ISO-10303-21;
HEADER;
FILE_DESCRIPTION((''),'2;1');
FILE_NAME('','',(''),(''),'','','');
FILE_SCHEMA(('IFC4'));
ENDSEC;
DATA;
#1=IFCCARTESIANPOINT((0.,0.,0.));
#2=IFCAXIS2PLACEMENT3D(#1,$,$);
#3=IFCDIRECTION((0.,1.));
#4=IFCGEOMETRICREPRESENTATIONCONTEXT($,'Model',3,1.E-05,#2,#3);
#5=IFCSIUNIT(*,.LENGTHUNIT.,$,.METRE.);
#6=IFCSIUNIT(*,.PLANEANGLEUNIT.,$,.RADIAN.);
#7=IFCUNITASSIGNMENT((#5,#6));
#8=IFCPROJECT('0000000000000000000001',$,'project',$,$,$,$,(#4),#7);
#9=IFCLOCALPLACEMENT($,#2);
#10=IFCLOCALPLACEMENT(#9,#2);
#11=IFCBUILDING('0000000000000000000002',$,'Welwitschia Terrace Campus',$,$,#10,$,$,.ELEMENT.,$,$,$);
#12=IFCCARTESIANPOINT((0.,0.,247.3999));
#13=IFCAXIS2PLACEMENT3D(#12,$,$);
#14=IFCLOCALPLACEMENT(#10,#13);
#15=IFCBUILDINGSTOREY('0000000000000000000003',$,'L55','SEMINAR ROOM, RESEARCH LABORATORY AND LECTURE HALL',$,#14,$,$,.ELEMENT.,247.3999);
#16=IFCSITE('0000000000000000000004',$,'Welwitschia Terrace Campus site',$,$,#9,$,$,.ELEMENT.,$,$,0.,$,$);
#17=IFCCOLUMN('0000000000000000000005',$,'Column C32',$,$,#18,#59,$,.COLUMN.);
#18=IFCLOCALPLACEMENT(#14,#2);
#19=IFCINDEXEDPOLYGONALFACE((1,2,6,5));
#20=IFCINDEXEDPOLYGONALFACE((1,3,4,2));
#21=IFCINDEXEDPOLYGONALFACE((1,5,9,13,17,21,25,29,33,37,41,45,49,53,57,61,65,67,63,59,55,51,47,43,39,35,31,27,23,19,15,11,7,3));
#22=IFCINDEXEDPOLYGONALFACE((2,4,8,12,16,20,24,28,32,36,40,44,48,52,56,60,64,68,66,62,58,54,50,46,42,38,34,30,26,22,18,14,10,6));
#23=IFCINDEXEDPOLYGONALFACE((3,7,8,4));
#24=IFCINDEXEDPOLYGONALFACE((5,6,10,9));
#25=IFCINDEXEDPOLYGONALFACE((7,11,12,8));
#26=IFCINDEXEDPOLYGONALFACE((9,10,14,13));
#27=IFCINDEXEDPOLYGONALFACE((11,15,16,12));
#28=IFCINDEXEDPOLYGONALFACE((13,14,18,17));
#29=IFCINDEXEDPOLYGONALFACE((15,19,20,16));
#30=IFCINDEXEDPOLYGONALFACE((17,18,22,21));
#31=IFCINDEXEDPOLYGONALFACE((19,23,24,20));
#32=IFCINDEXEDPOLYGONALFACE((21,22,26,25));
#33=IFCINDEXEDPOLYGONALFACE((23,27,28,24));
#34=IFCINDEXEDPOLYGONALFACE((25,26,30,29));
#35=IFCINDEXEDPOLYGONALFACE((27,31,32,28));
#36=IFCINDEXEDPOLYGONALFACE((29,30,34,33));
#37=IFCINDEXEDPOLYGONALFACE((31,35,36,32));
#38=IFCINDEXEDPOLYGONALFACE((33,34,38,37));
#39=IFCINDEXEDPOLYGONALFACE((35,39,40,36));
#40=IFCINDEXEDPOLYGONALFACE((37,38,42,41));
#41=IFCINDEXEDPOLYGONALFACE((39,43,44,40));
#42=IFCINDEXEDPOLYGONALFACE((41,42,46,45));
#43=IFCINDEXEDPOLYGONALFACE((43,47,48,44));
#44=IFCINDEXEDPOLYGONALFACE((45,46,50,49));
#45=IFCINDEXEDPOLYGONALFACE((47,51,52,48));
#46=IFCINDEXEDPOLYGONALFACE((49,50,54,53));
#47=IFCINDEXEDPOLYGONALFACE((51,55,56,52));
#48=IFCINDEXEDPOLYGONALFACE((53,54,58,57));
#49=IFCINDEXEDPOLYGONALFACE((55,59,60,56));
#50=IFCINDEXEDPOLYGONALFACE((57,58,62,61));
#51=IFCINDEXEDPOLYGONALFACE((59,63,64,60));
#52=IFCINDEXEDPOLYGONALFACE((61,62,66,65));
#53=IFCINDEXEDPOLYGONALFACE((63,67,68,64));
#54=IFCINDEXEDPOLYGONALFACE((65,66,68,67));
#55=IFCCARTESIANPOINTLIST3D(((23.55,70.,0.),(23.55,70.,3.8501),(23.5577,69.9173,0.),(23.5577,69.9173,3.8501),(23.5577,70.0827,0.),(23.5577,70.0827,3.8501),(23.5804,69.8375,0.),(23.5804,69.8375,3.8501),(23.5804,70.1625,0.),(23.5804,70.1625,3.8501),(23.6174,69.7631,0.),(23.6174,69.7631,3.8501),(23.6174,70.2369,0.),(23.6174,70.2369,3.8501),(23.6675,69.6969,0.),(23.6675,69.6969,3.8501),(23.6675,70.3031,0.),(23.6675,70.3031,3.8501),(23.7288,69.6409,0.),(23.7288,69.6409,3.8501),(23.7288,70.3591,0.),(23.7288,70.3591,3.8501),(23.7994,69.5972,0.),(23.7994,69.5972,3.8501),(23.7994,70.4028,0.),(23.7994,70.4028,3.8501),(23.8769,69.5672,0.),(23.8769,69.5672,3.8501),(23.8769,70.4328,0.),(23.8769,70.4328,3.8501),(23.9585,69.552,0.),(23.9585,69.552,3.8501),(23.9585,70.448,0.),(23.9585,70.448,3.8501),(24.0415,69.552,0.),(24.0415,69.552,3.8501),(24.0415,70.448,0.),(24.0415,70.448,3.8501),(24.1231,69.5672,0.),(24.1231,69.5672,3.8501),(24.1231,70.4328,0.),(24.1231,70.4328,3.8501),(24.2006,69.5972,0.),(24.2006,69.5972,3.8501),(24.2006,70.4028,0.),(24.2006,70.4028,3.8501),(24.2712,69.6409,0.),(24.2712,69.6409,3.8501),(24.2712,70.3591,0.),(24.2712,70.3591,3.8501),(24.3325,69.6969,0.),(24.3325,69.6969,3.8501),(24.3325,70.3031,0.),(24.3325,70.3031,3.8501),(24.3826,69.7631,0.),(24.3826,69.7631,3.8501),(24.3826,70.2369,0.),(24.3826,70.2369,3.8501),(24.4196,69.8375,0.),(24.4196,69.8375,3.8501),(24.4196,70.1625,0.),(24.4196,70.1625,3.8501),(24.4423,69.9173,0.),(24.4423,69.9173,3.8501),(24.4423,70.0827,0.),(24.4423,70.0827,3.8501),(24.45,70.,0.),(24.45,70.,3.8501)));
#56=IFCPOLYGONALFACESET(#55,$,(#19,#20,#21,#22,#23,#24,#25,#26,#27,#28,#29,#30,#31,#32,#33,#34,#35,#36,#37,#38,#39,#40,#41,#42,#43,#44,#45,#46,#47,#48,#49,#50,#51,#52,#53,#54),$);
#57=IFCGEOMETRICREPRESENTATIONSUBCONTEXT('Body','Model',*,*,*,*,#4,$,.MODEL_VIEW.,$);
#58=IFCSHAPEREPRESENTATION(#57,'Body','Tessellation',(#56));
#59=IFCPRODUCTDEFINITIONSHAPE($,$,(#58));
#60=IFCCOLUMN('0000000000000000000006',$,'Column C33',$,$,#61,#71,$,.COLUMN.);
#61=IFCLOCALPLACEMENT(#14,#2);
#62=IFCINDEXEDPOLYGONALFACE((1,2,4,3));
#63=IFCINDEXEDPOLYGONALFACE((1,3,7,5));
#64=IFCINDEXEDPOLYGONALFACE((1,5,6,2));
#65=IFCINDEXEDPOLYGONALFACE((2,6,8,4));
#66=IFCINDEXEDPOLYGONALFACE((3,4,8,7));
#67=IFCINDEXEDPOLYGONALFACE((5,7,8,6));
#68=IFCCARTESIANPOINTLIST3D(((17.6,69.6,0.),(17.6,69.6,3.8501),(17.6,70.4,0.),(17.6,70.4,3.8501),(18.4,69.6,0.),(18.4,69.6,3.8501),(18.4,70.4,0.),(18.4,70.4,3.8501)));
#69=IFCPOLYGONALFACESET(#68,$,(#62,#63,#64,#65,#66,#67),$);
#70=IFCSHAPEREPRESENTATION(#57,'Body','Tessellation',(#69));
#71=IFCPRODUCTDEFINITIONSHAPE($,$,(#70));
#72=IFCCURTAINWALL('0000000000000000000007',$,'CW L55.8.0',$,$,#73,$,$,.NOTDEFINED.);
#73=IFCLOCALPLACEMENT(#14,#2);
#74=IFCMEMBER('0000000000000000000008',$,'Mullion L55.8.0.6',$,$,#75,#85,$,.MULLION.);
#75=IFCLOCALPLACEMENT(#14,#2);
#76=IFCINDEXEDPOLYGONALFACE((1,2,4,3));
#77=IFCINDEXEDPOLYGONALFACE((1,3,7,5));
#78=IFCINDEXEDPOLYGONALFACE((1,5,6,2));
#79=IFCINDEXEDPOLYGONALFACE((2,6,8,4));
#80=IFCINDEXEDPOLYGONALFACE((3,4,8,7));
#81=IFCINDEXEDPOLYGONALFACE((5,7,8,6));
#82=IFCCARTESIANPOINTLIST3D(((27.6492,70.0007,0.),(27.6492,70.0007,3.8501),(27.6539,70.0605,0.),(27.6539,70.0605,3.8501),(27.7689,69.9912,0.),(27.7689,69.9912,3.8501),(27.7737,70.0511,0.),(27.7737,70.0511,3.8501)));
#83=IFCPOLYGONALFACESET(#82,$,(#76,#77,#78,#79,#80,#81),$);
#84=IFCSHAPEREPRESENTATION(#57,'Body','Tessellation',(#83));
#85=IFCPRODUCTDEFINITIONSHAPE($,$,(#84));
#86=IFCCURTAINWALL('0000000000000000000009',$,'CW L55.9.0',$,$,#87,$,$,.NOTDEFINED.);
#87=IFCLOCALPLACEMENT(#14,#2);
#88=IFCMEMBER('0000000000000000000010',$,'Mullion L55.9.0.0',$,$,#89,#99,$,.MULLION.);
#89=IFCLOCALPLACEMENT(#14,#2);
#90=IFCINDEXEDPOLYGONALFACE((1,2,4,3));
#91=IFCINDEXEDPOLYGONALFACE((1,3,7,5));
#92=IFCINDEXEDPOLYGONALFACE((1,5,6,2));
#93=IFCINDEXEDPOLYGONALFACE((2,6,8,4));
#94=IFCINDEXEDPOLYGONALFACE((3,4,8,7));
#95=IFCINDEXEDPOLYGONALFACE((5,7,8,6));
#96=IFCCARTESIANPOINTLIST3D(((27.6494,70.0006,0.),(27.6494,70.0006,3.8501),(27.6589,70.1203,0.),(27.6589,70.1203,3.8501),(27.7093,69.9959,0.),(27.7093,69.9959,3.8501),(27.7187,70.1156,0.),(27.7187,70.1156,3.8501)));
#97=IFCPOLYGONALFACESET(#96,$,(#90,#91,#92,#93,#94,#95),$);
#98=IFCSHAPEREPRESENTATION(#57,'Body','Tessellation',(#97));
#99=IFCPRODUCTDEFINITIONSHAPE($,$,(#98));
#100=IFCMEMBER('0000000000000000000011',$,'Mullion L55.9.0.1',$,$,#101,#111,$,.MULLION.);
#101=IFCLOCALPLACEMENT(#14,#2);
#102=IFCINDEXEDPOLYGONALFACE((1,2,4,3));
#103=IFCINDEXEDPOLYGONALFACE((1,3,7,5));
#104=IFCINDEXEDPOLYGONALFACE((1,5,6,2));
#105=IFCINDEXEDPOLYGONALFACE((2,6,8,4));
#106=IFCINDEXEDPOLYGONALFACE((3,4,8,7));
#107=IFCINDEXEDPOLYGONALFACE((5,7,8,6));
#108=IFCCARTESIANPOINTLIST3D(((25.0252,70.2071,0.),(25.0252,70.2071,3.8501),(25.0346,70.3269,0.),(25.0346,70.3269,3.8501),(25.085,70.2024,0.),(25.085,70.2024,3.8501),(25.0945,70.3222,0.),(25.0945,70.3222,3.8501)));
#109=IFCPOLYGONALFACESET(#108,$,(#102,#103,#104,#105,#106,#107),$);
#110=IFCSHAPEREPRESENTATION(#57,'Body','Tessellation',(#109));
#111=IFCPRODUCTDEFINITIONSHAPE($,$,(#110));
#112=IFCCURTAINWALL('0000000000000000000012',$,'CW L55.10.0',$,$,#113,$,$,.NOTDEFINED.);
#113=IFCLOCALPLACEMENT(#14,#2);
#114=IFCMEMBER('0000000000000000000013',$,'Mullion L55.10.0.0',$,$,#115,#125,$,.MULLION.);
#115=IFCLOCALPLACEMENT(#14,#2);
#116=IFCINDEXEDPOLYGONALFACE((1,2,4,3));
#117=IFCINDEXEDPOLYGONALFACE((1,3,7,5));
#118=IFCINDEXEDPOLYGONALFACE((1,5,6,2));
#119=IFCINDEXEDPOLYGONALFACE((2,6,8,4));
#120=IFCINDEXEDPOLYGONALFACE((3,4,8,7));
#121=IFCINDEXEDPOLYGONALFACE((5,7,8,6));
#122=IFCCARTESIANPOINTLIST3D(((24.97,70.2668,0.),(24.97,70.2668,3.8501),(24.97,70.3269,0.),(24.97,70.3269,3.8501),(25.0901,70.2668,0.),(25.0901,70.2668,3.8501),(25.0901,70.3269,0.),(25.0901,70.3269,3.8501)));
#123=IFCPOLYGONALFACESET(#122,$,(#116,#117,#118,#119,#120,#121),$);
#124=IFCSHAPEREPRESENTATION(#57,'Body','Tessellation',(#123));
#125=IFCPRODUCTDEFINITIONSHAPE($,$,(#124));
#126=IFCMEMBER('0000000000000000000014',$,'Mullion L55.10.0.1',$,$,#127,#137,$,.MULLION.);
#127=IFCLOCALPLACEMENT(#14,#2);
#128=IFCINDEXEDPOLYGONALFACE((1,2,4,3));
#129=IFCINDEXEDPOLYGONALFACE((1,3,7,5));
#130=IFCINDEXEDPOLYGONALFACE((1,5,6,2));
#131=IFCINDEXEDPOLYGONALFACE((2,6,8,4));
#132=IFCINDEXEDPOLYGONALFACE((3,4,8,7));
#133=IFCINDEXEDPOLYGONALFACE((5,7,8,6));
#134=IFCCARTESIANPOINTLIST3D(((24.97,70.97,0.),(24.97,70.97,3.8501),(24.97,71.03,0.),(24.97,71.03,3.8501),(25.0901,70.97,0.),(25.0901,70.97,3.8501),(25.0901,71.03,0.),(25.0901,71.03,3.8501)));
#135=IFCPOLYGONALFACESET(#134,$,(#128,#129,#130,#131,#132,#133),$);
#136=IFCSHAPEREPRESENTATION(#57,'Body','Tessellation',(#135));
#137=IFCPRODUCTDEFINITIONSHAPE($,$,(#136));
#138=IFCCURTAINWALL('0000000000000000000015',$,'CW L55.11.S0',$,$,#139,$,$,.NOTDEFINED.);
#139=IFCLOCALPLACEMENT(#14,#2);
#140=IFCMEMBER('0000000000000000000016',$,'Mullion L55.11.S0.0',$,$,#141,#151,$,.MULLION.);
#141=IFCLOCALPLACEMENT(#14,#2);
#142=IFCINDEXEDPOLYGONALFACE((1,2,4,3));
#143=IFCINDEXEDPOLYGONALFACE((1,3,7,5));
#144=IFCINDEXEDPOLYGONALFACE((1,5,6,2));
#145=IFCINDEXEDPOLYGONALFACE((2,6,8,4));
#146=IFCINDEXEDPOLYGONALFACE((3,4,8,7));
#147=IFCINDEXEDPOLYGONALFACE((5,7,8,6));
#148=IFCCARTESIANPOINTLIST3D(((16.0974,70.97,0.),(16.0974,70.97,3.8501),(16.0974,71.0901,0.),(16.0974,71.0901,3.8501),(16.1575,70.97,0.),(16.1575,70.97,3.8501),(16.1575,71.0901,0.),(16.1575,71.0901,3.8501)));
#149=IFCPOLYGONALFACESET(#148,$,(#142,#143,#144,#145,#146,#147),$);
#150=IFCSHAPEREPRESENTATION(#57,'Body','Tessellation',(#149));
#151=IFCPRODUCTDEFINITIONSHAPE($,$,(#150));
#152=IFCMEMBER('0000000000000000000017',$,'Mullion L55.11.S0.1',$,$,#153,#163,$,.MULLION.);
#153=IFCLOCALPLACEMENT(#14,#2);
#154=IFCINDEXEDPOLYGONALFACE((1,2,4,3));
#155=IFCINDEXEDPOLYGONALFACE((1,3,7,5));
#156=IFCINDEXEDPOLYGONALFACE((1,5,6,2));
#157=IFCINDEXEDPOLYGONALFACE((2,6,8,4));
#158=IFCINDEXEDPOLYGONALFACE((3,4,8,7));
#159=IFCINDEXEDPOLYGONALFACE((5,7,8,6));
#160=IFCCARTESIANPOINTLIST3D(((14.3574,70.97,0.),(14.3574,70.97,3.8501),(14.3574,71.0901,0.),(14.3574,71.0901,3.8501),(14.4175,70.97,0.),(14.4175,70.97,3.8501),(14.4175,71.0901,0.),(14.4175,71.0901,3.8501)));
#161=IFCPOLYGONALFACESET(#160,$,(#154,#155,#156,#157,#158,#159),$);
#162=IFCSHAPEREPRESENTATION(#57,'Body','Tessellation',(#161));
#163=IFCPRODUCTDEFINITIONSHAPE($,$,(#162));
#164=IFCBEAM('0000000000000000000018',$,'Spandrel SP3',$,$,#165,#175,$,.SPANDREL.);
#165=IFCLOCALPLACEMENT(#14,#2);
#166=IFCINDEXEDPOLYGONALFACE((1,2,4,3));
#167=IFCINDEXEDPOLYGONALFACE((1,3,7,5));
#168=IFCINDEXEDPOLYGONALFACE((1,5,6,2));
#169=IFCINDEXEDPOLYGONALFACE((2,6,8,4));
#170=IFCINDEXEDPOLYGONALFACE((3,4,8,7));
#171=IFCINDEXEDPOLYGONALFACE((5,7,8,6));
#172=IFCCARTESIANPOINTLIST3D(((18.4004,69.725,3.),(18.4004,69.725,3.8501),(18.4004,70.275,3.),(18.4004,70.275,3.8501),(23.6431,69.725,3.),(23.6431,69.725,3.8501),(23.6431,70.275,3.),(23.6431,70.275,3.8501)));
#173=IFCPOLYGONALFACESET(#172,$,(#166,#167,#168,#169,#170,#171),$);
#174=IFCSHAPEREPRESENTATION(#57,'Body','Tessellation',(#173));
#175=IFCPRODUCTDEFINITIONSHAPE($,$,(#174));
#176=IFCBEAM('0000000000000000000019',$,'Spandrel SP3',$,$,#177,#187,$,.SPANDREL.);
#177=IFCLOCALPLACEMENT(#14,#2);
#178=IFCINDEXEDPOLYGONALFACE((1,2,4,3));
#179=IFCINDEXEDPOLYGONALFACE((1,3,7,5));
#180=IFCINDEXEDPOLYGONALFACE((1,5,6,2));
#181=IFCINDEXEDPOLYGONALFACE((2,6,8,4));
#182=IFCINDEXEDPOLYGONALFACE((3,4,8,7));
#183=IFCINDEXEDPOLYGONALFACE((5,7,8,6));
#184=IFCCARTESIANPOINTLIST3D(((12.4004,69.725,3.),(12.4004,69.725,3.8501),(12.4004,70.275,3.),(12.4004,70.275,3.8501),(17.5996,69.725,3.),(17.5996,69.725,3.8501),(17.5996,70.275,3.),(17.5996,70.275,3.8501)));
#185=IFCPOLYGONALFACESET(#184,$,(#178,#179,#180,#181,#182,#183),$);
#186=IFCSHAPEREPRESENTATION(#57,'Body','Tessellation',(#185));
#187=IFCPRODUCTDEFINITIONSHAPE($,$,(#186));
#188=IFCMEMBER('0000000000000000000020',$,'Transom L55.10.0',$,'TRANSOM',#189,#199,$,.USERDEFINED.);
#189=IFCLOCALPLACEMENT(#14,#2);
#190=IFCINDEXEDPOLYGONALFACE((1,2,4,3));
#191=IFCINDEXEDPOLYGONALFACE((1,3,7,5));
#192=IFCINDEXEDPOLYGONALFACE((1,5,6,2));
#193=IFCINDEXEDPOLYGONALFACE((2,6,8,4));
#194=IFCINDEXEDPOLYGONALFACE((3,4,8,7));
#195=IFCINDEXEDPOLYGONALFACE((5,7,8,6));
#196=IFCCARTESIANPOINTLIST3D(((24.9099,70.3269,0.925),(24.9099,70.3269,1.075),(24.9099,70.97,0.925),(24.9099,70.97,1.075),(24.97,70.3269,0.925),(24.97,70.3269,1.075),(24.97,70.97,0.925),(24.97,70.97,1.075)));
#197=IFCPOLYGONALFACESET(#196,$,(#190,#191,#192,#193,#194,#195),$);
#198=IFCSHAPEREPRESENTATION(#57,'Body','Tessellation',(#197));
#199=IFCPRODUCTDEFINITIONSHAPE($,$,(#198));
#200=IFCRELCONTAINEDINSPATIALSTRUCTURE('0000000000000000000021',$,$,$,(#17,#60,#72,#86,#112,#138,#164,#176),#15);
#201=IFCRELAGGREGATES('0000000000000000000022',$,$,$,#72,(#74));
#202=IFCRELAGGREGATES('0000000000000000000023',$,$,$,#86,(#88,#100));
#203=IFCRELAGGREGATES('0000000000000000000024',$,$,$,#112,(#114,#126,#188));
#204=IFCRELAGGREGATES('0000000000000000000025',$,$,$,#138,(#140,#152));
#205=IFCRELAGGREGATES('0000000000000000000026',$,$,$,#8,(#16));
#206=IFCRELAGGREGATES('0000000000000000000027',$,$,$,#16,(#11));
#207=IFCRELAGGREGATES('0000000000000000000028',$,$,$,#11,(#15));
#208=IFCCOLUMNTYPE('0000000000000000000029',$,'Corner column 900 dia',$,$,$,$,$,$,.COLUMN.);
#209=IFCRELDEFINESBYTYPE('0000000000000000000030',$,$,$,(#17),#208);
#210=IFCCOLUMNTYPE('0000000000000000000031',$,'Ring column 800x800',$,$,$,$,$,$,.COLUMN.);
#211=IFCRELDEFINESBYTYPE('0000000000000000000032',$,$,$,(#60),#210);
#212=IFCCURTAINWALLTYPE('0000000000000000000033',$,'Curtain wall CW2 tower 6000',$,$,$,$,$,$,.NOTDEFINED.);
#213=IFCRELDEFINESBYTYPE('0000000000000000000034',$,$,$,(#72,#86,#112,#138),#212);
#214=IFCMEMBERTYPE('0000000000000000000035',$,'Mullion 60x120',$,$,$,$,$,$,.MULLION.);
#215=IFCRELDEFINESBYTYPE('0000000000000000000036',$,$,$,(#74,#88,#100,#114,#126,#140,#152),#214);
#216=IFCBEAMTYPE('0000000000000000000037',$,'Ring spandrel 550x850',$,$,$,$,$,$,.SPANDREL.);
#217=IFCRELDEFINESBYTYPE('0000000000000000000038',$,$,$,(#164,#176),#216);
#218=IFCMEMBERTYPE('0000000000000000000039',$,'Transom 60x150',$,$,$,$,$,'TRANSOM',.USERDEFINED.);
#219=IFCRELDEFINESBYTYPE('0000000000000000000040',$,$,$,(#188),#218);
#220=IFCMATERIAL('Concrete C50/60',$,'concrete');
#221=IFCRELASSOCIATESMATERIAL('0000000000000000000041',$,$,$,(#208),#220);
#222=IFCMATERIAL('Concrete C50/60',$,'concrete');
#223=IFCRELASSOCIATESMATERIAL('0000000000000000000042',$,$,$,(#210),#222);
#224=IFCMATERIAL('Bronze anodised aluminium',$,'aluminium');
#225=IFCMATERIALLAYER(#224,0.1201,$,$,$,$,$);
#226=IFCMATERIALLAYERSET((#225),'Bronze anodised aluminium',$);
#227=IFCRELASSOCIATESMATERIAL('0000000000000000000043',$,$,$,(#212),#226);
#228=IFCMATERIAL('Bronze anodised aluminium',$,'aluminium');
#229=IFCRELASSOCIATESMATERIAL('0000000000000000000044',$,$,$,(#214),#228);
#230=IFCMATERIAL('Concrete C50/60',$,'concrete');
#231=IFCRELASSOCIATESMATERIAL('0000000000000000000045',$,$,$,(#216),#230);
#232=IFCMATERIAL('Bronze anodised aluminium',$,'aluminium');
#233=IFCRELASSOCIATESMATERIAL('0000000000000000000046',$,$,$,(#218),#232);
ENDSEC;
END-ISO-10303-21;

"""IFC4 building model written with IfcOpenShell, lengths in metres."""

from ifc_helpers import new_model, si_unit, direction, frame, origin, origin_2d, place, context, subcontext, project, spatial, rectangle, circle, extrude, material, layer, layer_set, material_profile, profile_set, type_object, element, aggregate, save


model = new_model("IFC4")

# Units and contexts
model_context = context("Model", 3, precision=1e-05, world=origin(), true_north=direction((0.0, 1.0)))
body_context = subcontext(model_context, "Body", "Model", "MODEL_VIEW")
ifc_project = project(units=[si_unit("LENGTHUNIT", "METRE"), si_unit("PLANEANGLEUNIT", "RADIAN")], contexts=[model_context])

# Site, building, storey
site_placement = place(None, origin())
site = spatial("IfcSite", under=ifc_project, at=site_placement, Name="Welwitschia Terrace Campus site", CompositionType="ELEMENT", RefElevation=0.0)
building_placement = place(site_placement, origin())
building = spatial("IfcBuilding", under=site, at=building_placement, Name="Welwitschia Terrace Campus", CompositionType="ELEMENT")
storey_placement = place(building_placement, frame((0.0, 0.0, 247.3999)))
storey = spatial("IfcBuildingStorey", under=building, at=storey_placement, Name="L55", Description="SEMINAR ROOM, RESEARCH LABORATORY AND LECTURE HALL", CompositionType="ELEMENT", Elevation=247.3999)

# Columns
ifc_material_1 = material(Name="Concrete C50/60", Category="concrete")
ifc_material_profile_1 = material_profile(ifc_material_1, circle(Radius=0.45, at=origin_2d()))
ifc_profile_set_1 = profile_set([ifc_material_profile_1], Name="Concrete C50/60")
column_type_1 = type_object("IfcColumnType", Name="Corner column 900 dia", PredefinedType="COLUMN", material=ifc_profile_set_1)
column_1_placement = place(storey_placement, frame((24.0, 70.0, 0.0), z_axis=(0.0, 0.0, 1.0), x_axis=(1.0, 0.0, 0.0)))
element("IfcColumn", 1, at=column_1_placement, inside=storey, type_object=column_type_1, Name="Column C32", PredefinedType="COLUMN", context=body_context, shape_type="SweptSolid", body=[
    extrude(circle(Radius=0.45, at=origin_2d()), origin(), (0.0, 0.0, 1.0), 3.8501),
])
ifc_material_2 = material(Name="Concrete C50/60", Category="concrete")
ifc_material_profile_2 = material_profile(ifc_material_2, rectangle(XDim=0.8, YDim=0.8, at=origin_2d()))
ifc_profile_set_2 = profile_set([ifc_material_profile_2], Name="Concrete C50/60")
column_type_2 = type_object("IfcColumnType", Name="Ring column 800x800", PredefinedType="COLUMN", material=ifc_profile_set_2)
column_2_placement = place(storey_placement, frame((18.0, 70.0, 0.0), z_axis=(0.0, 0.0, 1.0), x_axis=(1.0, 0.0, 0.0)))
element("IfcColumn", 2, at=column_2_placement, inside=storey, type_object=column_type_2, Name="Column C33", PredefinedType="COLUMN", context=body_context, shape_type="SweptSolid", body=[
    extrude(rectangle(XDim=0.8, YDim=0.8, at=origin_2d()), origin(), (0.0, 0.0, 1.0), 3.8501),
])

# Curtain wall, member
ifc_material_3 = material(Name="Bronze anodised aluminium", Category="aluminium")
ifc_layer_1 = layer(ifc_material_3, 0.1201)
ifc_layer_set_1 = layer_set([ifc_layer_1], Name="Bronze anodised aluminium")
curtain_wall_type = type_object("IfcCurtainWallType", Name="Curtain wall CW2 tower 6000", PredefinedType="NOTDEFINED", material=ifc_layer_set_1)
curtain_wall_1_placement = place(storey_placement, origin())
curtain_wall_1 = element("IfcCurtainWall", 3, at=curtain_wall_1_placement, inside=storey, type_object=curtain_wall_type, Name="CW L55.8.0", PredefinedType="NOTDEFINED")
ifc_material_4 = material(Name="Bronze anodised aluminium", Category="aluminium")
ifc_material_profile_3 = material_profile(ifc_material_4, rectangle(XDim=0.1201, YDim=0.0601, at=origin_2d()))
ifc_profile_set_3 = profile_set([ifc_material_profile_3], Name="Bronze anodised aluminium")
member_type_1 = type_object("IfcMemberType", Name="Mullion 60x120", PredefinedType="MULLION", material=ifc_profile_set_3)
member_1_placement = place(storey_placement, frame((27.7114, 70.0259, 0.0), z_axis=(0.0, 0.0, 1.0), x_axis=(-0.996917, 0.078459, 0.0)))
member_1 = element("IfcMember", 4, at=member_1_placement, type_object=member_type_1, Name="Mullion L55.8.0.6", PredefinedType="MULLION", context=body_context, shape_type="SweptSolid", body=[
    extrude(rectangle(XDim=0.1201, YDim=0.0601, at=origin_2d()), origin(), (0.0, 0.0, 1.0), 3.8501),
])
aggregate(curtain_wall_1, [member_1])

# Curtain walls, members
curtain_wall_2_placement = place(storey_placement, origin())
curtain_wall_2 = element("IfcCurtainWall", 5, at=curtain_wall_2_placement, inside=storey, type_object=curtain_wall_type, Name="CW L55.9.0", PredefinedType="NOTDEFINED")
member_2_placement = place(storey_placement, frame((27.6841, 70.0581, 0.0), z_axis=(0.0, 0.0, 1.0), x_axis=(-0.078459, -0.996917, 0.0)))
member_2 = element("IfcMember", 6, at=member_2_placement, type_object=member_type_1, Name="Mullion L55.9.0.0", PredefinedType="MULLION", context=body_context, shape_type="SweptSolid", body=[
    extrude(rectangle(XDim=0.1201, YDim=0.0601, at=origin_2d()), origin(), (0.0, 0.0, 1.0), 3.8501),
])
member_3_placement = place(storey_placement, frame((25.0598, 70.2646, 0.0), z_axis=(0.0, 0.0, 1.0), x_axis=(-0.078459, -0.996917, 0.0)))
member_3 = element("IfcMember", 7, at=member_3_placement, type_object=member_type_1, Name="Mullion L55.9.0.1", PredefinedType="MULLION", context=body_context, shape_type="SweptSolid", body=[
    extrude(rectangle(XDim=0.1201, YDim=0.0601, at=origin_2d()), origin(), (0.0, 0.0, 1.0), 3.8501),
])
curtain_wall_3_placement = place(storey_placement, origin())
curtain_wall_3 = element("IfcCurtainWall", 8, at=curtain_wall_3_placement, inside=storey, type_object=curtain_wall_type, Name="CW L55.10.0", PredefinedType="NOTDEFINED")
member_4_placement = place(storey_placement, frame((25.03, 70.2969, 0.0), z_axis=(0.0, 0.0, 1.0), x_axis=(-1.0, 0.0, 0.0)))
member_4 = element("IfcMember", 9, at=member_4_placement, type_object=member_type_1, Name="Mullion L55.10.0.0", PredefinedType="MULLION", context=body_context, shape_type="SweptSolid", body=[
    extrude(rectangle(XDim=0.1201, YDim=0.0601, at=origin_2d()), origin(), (0.0, 0.0, 1.0), 3.8501),
])
member_5_placement = place(storey_placement, frame((25.03, 71.0, 0.0), z_axis=(0.0, 0.0, 1.0), x_axis=(-1.0, 0.0, 0.0)))
member_5 = element("IfcMember", 10, at=member_5_placement, type_object=member_type_1, Name="Mullion L55.10.0.1", PredefinedType="MULLION", context=body_context, shape_type="SweptSolid", body=[
    extrude(rectangle(XDim=0.1201, YDim=0.0601, at=origin_2d()), origin(), (0.0, 0.0, 1.0), 3.8501),
])
curtain_wall_4_placement = place(storey_placement, origin())
curtain_wall_4 = element("IfcCurtainWall", 11, at=curtain_wall_4_placement, inside=storey, type_object=curtain_wall_type, Name="CW L55.11.S0", PredefinedType="NOTDEFINED")
member_6_placement = place(storey_placement, frame((16.1274, 71.03, 0.0), z_axis=(0.0, 0.0, 1.0), x_axis=(0.0, -1.0, 0.0)))
member_6 = element("IfcMember", 12, at=member_6_placement, type_object=member_type_1, Name="Mullion L55.11.S0.0", PredefinedType="MULLION", context=body_context, shape_type="SweptSolid", body=[
    extrude(rectangle(XDim=0.1201, YDim=0.0601, at=origin_2d()), origin(), (0.0, 0.0, 1.0), 3.8501),
])
member_7_placement = place(storey_placement, frame((14.3875, 71.03, 0.0), z_axis=(0.0, 0.0, 1.0), x_axis=(0.0, -1.0, 0.0)))
member_7 = element("IfcMember", 13, at=member_7_placement, type_object=member_type_1, Name="Mullion L55.11.S0.1", PredefinedType="MULLION", context=body_context, shape_type="SweptSolid", body=[
    extrude(rectangle(XDim=0.1201, YDim=0.0601, at=origin_2d()), origin(), (0.0, 0.0, 1.0), 3.8501),
])

# Beams
ifc_material_5 = material(Name="Concrete C50/60", Category="concrete")
ifc_material_profile_4 = material_profile(ifc_material_5, rectangle(XDim=0.55, YDim=0.8501, at=origin_2d()))
ifc_profile_set_4 = profile_set([ifc_material_profile_4], Name="Concrete C50/60")
beam_type = type_object("IfcBeamType", Name="Ring spandrel 550x850", PredefinedType="SPANDREL", material=ifc_profile_set_4)
beam_1_placement = place(storey_placement, frame((23.6431, 70.0, 3.425), z_axis=(-1.0, 0.0, 0.0), x_axis=(0.0, -1.0, 0.0)))
element("IfcBeam", 14, at=beam_1_placement, inside=storey, type_object=beam_type, Name="Spandrel SP3", PredefinedType="SPANDREL", context=body_context, shape_type="SweptSolid", body=[
    extrude(rectangle(XDim=0.55, YDim=0.8501, at=origin_2d()), origin(), (0.0, 0.0, 1.0), 5.2427),
])
beam_2_placement = place(storey_placement, frame((17.5996, 70.0, 3.425), z_axis=(-1.0, 0.0, 0.0), x_axis=(0.0, -1.0, 0.0)))
element("IfcBeam", 15, at=beam_2_placement, inside=storey, type_object=beam_type, Name="Spandrel SP3", PredefinedType="SPANDREL", context=body_context, shape_type="SweptSolid", body=[
    extrude(rectangle(XDim=0.55, YDim=0.8501, at=origin_2d()), origin(), (0.0, 0.0, 1.0), 5.1992),
])

# Member
ifc_material_6 = material(Name="Bronze anodised aluminium", Category="aluminium")
ifc_material_profile_5 = material_profile(ifc_material_6, rectangle(XDim=0.0601, YDim=0.1499, at=origin_2d()))
ifc_profile_set_5 = profile_set([ifc_material_profile_5], Name="Bronze anodised aluminium")
member_type_2 = type_object("IfcMemberType", Name="Transom 60x150", ElementType="TRANSOM", PredefinedType="USERDEFINED", material=ifc_profile_set_5)
member_8_placement = place(storey_placement, frame((24.9399, 70.3269, 1.0), z_axis=(0.0, 1.0, 0.0), x_axis=(-1.0, 0.0, 0.0)))
member_8 = element("IfcMember", 16, at=member_8_placement, type_object=member_type_2, Name="Transom L55.10.0", ObjectType="TRANSOM", PredefinedType="USERDEFINED", context=body_context, shape_type="SweptSolid", body=[
    extrude(rectangle(XDim=0.0601, YDim=0.1499, at=origin_2d()), origin(), (0.0, 0.0, 1.0), 0.6431),
])

aggregate(curtain_wall_2, [member_2, member_3])
aggregate(curtain_wall_3, [member_4, member_5, member_8])
aggregate(curtain_wall_4, [member_6, member_7])

save(model, "model.ifc")
